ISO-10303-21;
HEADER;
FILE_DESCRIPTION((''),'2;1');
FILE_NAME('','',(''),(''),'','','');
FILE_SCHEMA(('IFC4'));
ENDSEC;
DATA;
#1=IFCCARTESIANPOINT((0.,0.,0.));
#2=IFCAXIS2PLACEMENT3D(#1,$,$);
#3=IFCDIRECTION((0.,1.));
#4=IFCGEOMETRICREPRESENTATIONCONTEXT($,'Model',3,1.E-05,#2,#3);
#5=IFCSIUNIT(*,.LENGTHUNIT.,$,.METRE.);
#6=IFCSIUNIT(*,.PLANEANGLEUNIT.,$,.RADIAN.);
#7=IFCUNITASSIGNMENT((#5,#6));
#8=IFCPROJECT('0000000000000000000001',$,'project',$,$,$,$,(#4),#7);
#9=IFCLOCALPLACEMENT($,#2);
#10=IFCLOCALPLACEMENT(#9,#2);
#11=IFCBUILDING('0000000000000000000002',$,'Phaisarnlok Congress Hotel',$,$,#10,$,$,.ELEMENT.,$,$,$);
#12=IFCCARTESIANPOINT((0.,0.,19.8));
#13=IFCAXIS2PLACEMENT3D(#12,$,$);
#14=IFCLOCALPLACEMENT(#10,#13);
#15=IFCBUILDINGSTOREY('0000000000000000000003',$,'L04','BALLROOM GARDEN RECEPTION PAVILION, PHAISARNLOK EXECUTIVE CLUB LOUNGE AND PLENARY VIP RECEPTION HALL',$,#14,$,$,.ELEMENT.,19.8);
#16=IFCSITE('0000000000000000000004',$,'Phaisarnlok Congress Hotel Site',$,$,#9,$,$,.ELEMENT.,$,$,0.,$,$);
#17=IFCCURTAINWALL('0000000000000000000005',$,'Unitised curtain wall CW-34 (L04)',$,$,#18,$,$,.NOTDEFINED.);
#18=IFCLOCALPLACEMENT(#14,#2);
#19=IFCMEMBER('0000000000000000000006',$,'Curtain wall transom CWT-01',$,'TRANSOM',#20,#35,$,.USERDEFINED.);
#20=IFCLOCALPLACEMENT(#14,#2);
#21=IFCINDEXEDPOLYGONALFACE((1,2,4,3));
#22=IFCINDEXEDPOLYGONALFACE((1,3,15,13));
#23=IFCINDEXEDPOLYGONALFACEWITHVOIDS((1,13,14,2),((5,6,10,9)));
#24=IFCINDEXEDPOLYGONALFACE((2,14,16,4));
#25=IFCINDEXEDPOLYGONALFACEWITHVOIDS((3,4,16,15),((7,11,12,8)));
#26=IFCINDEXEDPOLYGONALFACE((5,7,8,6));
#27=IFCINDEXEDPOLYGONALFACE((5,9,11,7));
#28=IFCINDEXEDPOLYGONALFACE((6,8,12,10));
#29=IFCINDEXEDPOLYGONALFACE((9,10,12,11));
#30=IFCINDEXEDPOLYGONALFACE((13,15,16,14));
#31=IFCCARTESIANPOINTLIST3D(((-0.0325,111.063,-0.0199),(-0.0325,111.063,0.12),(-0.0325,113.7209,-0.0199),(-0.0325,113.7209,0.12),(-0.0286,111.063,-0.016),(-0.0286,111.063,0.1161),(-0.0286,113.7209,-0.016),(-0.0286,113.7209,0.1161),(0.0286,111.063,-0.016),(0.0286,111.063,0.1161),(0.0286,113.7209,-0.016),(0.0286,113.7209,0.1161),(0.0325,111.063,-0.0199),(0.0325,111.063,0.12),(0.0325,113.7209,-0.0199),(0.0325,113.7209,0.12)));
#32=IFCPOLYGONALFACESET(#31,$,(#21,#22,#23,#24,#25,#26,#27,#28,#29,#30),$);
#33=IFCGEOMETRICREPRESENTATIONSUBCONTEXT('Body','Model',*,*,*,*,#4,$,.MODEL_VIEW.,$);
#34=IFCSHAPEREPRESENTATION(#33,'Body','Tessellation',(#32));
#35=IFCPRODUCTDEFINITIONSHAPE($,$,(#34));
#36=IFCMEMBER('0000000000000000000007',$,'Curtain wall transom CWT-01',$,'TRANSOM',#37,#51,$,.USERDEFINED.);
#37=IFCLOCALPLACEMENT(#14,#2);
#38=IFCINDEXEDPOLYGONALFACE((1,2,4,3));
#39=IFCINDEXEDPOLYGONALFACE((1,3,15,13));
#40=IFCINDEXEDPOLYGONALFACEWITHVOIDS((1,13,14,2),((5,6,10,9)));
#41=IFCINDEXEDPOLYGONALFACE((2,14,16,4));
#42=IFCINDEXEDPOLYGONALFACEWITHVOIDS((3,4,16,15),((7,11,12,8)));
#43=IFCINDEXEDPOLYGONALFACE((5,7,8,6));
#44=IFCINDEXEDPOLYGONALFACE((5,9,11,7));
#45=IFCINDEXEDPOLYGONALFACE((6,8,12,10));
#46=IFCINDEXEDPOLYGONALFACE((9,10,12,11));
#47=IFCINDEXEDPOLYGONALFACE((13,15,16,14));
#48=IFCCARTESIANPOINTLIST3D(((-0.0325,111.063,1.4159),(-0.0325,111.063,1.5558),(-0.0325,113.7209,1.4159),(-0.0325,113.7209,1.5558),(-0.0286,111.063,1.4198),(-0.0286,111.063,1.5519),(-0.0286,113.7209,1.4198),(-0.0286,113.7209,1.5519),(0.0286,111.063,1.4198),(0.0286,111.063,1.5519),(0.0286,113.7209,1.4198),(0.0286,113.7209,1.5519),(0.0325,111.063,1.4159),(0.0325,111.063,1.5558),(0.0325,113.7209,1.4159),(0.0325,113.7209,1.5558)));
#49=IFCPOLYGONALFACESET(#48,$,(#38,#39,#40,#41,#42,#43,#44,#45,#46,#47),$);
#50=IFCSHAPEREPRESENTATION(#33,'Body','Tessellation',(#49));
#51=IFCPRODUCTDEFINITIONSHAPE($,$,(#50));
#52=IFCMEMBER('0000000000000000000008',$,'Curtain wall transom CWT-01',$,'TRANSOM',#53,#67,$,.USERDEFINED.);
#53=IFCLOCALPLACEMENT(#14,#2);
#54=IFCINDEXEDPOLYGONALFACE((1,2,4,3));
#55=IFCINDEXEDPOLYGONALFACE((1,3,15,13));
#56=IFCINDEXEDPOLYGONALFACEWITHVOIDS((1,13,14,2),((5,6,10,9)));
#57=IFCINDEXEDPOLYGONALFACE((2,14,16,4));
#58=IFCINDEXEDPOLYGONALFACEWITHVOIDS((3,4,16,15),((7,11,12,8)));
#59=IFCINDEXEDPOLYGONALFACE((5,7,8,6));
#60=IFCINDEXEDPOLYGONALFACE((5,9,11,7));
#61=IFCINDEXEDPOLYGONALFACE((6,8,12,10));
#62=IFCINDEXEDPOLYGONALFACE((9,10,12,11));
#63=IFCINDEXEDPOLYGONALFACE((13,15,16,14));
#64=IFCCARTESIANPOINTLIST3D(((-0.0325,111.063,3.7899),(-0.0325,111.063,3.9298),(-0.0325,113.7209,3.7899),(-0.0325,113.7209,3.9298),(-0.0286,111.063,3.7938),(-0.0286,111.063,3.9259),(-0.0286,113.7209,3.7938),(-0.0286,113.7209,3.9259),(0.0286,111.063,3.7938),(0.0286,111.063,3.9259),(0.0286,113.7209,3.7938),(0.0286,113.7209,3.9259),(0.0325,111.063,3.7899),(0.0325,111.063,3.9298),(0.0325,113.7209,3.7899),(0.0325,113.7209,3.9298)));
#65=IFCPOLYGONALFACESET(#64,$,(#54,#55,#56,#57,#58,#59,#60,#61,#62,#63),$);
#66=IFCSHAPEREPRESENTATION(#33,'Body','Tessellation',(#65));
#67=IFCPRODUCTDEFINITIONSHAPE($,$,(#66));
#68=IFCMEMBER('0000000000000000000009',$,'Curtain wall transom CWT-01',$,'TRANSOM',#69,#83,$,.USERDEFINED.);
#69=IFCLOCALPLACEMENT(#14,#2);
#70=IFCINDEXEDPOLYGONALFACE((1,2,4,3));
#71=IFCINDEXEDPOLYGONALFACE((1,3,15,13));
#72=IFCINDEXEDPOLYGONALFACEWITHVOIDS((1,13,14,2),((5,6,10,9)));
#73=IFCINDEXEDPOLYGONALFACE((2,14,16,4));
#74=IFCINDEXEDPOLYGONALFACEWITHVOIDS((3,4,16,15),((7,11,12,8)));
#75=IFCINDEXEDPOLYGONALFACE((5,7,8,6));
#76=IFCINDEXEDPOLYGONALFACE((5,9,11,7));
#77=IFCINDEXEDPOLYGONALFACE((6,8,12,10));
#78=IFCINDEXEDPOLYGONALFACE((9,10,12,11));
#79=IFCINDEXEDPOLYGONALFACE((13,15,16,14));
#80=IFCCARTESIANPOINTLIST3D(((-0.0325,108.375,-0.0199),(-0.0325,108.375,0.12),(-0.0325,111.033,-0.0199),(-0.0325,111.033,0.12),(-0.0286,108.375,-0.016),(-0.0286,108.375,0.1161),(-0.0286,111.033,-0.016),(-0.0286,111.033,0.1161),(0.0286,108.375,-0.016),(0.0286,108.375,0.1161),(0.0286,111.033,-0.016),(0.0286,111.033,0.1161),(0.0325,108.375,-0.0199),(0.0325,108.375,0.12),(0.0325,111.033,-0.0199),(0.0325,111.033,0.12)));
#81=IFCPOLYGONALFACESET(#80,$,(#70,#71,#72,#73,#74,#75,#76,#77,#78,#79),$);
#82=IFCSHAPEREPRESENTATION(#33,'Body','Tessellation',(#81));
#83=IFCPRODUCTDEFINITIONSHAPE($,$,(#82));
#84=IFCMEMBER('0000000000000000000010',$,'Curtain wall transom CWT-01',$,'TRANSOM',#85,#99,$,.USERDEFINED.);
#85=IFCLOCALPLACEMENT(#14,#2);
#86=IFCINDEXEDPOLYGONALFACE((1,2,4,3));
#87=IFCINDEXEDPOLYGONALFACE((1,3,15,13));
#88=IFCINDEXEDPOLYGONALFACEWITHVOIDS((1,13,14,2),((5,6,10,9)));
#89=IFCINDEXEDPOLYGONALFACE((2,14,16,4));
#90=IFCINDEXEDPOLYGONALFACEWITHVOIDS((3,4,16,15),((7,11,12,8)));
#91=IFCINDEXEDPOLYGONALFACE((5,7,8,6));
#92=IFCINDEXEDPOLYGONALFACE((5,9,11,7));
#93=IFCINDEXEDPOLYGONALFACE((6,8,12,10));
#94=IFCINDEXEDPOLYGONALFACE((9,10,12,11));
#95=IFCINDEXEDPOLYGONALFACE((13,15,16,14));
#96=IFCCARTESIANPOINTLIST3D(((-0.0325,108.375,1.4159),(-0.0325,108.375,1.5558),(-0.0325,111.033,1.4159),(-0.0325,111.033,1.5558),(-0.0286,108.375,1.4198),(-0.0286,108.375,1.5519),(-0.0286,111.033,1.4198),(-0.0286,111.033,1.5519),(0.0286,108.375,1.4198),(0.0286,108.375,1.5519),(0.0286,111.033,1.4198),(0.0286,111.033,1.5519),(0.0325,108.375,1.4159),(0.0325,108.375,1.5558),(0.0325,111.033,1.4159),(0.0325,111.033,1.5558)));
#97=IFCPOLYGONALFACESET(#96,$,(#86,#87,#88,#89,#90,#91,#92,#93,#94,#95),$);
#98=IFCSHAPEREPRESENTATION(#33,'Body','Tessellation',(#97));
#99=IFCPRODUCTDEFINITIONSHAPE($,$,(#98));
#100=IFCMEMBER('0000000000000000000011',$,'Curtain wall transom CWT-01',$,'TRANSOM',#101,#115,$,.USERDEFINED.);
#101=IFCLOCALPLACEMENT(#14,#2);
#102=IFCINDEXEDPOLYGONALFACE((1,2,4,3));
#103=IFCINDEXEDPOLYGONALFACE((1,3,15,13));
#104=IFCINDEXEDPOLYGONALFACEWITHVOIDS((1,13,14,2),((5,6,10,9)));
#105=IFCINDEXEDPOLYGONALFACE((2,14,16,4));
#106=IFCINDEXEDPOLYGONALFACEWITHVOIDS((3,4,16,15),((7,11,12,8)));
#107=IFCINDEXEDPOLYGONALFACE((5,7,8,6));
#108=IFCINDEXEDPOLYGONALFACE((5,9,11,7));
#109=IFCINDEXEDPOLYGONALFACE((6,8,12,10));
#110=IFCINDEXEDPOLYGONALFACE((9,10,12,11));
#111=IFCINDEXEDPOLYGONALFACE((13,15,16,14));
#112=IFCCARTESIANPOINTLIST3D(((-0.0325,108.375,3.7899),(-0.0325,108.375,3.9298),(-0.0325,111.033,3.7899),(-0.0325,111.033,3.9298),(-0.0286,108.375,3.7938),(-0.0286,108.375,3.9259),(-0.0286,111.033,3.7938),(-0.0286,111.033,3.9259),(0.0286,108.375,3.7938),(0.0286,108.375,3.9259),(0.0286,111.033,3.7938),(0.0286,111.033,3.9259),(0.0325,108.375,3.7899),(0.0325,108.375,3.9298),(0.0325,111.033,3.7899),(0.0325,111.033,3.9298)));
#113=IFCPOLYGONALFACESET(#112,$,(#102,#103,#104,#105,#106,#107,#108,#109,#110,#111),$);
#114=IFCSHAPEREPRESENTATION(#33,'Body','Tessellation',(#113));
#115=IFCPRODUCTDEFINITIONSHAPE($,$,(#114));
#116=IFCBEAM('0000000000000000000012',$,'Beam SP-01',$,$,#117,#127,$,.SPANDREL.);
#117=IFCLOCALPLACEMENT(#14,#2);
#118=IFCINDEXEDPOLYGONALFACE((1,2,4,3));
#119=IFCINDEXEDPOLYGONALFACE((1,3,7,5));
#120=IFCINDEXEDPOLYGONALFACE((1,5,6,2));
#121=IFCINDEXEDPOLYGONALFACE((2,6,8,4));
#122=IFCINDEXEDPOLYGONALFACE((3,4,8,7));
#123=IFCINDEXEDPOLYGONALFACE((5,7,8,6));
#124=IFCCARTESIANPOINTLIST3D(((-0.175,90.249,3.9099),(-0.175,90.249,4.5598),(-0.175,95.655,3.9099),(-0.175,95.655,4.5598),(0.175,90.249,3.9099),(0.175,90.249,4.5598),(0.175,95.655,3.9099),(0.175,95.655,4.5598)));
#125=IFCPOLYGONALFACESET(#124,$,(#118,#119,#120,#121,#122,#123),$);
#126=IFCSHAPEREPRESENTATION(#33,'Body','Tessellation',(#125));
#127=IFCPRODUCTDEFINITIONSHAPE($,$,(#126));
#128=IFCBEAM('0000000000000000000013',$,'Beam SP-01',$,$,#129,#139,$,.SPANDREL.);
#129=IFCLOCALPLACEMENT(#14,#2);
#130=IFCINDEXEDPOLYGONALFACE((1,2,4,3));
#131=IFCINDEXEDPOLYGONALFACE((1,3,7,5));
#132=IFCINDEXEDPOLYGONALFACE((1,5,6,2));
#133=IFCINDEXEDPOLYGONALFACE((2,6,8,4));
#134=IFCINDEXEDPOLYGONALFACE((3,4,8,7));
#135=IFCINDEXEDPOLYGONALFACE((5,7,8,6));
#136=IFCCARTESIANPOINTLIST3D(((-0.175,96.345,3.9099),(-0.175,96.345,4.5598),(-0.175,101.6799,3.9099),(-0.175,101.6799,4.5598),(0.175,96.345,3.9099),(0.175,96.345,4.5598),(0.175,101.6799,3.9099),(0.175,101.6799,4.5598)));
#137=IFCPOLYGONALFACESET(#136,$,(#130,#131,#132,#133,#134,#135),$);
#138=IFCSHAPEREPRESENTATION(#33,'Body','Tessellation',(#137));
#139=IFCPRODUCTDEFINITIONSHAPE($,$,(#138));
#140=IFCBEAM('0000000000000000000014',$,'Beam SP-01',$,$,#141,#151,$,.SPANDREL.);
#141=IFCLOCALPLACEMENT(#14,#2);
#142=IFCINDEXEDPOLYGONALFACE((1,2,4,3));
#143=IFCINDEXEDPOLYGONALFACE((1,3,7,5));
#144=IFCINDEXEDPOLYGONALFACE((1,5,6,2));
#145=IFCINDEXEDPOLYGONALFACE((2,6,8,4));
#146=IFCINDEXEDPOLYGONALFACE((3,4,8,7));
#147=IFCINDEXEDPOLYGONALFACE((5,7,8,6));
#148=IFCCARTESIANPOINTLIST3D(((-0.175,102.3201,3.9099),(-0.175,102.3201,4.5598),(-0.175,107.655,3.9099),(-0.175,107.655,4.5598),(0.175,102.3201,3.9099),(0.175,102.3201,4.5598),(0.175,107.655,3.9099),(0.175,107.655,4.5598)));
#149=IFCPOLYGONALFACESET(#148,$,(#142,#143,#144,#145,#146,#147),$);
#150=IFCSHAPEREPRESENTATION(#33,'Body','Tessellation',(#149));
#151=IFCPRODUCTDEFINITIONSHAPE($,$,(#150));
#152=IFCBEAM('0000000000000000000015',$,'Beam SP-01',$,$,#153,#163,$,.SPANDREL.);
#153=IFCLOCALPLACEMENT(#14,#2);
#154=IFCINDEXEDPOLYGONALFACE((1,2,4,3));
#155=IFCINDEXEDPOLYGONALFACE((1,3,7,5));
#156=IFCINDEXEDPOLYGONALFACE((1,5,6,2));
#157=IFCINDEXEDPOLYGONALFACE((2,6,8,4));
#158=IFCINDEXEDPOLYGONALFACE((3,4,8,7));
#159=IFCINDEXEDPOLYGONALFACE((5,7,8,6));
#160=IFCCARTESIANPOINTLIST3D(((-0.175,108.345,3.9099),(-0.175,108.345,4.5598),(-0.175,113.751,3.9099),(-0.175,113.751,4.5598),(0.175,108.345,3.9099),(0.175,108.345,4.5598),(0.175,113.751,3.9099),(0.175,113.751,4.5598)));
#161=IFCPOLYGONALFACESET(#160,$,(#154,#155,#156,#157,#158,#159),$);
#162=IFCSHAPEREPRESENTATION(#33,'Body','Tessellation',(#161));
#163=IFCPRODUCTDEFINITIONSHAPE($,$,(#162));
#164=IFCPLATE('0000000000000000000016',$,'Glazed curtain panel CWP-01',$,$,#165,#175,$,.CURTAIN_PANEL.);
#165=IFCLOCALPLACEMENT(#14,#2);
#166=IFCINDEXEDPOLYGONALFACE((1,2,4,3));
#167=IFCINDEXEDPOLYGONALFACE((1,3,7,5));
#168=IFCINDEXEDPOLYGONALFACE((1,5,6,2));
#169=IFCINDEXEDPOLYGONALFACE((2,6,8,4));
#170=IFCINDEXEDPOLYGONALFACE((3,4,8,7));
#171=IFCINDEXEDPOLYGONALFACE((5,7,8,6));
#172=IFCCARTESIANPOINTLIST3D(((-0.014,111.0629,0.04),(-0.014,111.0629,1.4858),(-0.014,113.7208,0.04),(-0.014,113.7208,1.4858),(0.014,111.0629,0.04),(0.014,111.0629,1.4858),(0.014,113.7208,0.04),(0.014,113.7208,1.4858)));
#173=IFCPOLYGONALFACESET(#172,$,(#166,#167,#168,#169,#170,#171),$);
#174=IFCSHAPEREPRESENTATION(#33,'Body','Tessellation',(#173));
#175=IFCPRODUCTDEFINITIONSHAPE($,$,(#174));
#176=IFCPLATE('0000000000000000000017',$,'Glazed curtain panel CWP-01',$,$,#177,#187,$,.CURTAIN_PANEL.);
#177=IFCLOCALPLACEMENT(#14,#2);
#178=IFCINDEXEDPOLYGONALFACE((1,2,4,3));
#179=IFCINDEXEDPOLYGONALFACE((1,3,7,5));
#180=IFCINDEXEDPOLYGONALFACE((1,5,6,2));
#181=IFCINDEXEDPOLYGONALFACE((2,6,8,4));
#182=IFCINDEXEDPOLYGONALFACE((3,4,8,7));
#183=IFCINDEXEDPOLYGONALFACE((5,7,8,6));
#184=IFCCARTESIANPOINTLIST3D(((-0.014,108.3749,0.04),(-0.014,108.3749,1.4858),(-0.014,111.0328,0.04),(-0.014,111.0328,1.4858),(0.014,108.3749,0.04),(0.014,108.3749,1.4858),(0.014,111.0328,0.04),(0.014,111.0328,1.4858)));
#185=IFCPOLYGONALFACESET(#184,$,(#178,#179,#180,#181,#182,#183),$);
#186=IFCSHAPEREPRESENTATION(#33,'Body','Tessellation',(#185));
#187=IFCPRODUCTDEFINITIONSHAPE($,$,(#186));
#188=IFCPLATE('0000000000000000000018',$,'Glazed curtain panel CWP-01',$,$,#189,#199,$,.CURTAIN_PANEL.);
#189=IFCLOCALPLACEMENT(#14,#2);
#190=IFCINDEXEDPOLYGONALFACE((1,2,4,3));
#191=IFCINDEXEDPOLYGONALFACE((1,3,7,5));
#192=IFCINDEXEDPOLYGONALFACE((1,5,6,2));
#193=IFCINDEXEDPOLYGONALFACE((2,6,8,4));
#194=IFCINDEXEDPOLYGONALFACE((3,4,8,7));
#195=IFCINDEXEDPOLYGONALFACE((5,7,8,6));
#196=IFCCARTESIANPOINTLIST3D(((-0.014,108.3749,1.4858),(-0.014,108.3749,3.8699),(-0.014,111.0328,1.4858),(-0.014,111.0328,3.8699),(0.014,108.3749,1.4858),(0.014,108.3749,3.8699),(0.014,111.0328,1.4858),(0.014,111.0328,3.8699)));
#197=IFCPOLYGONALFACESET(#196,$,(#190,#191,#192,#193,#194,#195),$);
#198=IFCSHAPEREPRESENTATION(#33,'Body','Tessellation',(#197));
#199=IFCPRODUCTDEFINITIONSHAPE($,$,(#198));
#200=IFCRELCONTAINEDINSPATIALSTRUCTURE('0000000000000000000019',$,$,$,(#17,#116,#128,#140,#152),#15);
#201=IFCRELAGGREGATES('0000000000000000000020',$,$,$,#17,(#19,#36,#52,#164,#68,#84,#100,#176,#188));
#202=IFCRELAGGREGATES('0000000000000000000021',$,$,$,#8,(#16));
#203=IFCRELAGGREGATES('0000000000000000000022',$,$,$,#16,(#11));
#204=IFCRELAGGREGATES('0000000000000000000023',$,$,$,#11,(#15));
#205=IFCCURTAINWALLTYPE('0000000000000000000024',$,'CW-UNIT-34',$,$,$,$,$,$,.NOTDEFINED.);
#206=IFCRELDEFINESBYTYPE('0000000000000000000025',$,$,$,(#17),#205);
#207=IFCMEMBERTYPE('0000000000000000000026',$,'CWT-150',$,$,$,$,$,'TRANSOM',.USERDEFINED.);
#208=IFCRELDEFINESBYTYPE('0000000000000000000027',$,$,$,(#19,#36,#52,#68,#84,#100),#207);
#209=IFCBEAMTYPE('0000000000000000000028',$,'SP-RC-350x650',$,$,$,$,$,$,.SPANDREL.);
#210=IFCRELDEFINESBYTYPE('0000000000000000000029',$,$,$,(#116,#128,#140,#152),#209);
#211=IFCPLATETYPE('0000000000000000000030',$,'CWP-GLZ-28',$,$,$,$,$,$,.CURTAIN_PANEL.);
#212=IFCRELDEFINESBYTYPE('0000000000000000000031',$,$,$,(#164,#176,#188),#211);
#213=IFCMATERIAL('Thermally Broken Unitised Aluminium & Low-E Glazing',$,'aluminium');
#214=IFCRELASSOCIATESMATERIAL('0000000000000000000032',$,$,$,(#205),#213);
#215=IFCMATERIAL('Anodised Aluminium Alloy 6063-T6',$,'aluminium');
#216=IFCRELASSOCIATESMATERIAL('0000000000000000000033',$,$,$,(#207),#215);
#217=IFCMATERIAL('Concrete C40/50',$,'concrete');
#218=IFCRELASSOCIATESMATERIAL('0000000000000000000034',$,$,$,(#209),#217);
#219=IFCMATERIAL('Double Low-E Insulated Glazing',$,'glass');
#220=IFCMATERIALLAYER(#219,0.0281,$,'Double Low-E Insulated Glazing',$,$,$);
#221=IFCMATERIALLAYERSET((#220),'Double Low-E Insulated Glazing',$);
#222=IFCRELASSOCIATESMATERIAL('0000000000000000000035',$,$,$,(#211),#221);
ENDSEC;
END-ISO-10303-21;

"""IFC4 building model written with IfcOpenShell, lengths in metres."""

from ifc_helpers import new_model, si_unit, direction, frame, frame_2d, origin, origin_2d, place, context, subcontext, project, spatial, rectangle, hollow_rectangle, extrude, material, layer, layer_set, material_profile, profile_set, type_object, element, aggregate, save


model = new_model("IFC4")

# Units and contexts
model_context = context("Model", 3, precision=1e-05, world=origin(), true_north=direction((0.0, 1.0)))
body_context = subcontext(model_context, "Body", "Model", "MODEL_VIEW")
ifc_project = project(units=[si_unit("LENGTHUNIT", "METRE"), si_unit("PLANEANGLEUNIT", "RADIAN")], contexts=[model_context])

# Site, building, storey
site_placement = place(None, origin())
site = spatial("IfcSite", under=ifc_project, at=site_placement, Name="Phaisarnlok Congress Hotel Site", CompositionType="ELEMENT", RefElevation=0.0)
building_placement = place(site_placement, origin())
building = spatial("IfcBuilding", under=site, at=building_placement, Name="Phaisarnlok Congress Hotel", CompositionType="ELEMENT")
storey_placement = place(building_placement, frame((0.0, 0.0, 19.8)))
storey = spatial("IfcBuildingStorey", under=building, at=storey_placement, Name="L04", Description="BALLROOM GARDEN RECEPTION PAVILION, PHAISARNLOK EXECUTIVE CLUB LOUNGE AND PLENARY VIP RECEPTION HALL", CompositionType="ELEMENT", Elevation=19.8)

# Curtain wall, members
ifc_material_1 = material(Name="Thermally Broken Unitised Aluminium & Low-E Glazing", Category="aluminium")
curtain_wall_type = type_object("IfcCurtainWallType", Name="CW-UNIT-34", PredefinedType="NOTDEFINED", material=ifc_material_1)
curtain_wall_placement = place(storey_placement, origin())
curtain_wall = element("IfcCurtainWall", 1, at=curtain_wall_placement, inside=storey, type_object=curtain_wall_type, Name="Unitised curtain wall CW-34 (L04)", PredefinedType="NOTDEFINED")
ifc_material_2 = material(Name="Anodised Aluminium Alloy 6063-T6", Category="aluminium")
ifc_material_profile_1 = material_profile(ifc_material_2, hollow_rectangle(XDim=0.0649, YDim=0.1399, WallThickness=0.0039, at=origin_2d()), Name="ALU-T 65x140x4")
ifc_profile_set_1 = profile_set([ifc_material_profile_1], Name="Anodised Aluminium Alloy 6063-T6")
member_type_1 = type_object("IfcMemberType", Name="CWT-150", ElementType="TRANSOM", PredefinedType="USERDEFINED", material=ifc_profile_set_1)
member_1_placement = place(storey_placement, frame((0.0, 113.7209, 0.05), z_axis=(0.0, -1.0, 0.0), x_axis=(1.0, 0.0, 0.0)))
member_1 = element("IfcMember", 2, at=member_1_placement, type_object=member_type_1, Name="Curtain wall transom CWT-01", ObjectType="TRANSOM", PredefinedType="USERDEFINED", context=body_context, shape_type="SweptSolid", body=[
    extrude(hollow_rectangle(XDim=0.0649, YDim=0.1399, WallThickness=0.0039, at=origin_2d()), origin(), (0.0, 0.0, 1.0), 2.658),
])
member_2_placement = place(storey_placement, frame((0.0, 113.7209, 1.4858), z_axis=(0.0, -1.0, 0.0), x_axis=(1.0, 0.0, 0.0)))
member_2 = element("IfcMember", 3, at=member_2_placement, type_object=member_type_1, Name="Curtain wall transom CWT-01", ObjectType="TRANSOM", PredefinedType="USERDEFINED", context=body_context, shape_type="SweptSolid", body=[
    extrude(hollow_rectangle(XDim=0.0649, YDim=0.1399, WallThickness=0.0039, at=origin_2d()), origin(), (0.0, 0.0, 1.0), 2.658),
])
member_3_placement = place(storey_placement, frame((0.0, 113.7209, 3.8599), z_axis=(0.0, -1.0, 0.0), x_axis=(1.0, 0.0, 0.0)))
member_3 = element("IfcMember", 4, at=member_3_placement, type_object=member_type_1, Name="Curtain wall transom CWT-01", ObjectType="TRANSOM", PredefinedType="USERDEFINED", context=body_context, shape_type="SweptSolid", body=[
    extrude(hollow_rectangle(XDim=0.0649, YDim=0.1399, WallThickness=0.0039, at=origin_2d()), origin(), (0.0, 0.0, 1.0), 2.658),
])
member_4_placement = place(storey_placement, frame((0.0, 111.033, 0.05), z_axis=(0.0, -1.0, 0.0), x_axis=(1.0, 0.0, 0.0)))
member_4 = element("IfcMember", 5, at=member_4_placement, type_object=member_type_1, Name="Curtain wall transom CWT-01", ObjectType="TRANSOM", PredefinedType="USERDEFINED", context=body_context, shape_type="SweptSolid", body=[
    extrude(hollow_rectangle(XDim=0.0649, YDim=0.1399, WallThickness=0.0039, at=origin_2d()), origin(), (0.0, 0.0, 1.0), 2.658),
])
member_5_placement = place(storey_placement, frame((0.0, 111.033, 1.4858), z_axis=(0.0, -1.0, 0.0), x_axis=(1.0, 0.0, 0.0)))
member_5 = element("IfcMember", 6, at=member_5_placement, type_object=member_type_1, Name="Curtain wall transom CWT-01", ObjectType="TRANSOM", PredefinedType="USERDEFINED", context=body_context, shape_type="SweptSolid", body=[
    extrude(hollow_rectangle(XDim=0.0649, YDim=0.1399, WallThickness=0.0039, at=origin_2d()), origin(), (0.0, 0.0, 1.0), 2.658),
])
member_6_placement = place(storey_placement, frame((0.0, 111.033, 3.8599), z_axis=(0.0, -1.0, 0.0), x_axis=(1.0, 0.0, 0.0)))
member_6 = element("IfcMember", 7, at=member_6_placement, type_object=member_type_1, Name="Curtain wall transom CWT-01", ObjectType="TRANSOM", PredefinedType="USERDEFINED", context=body_context, shape_type="SweptSolid", body=[
    extrude(hollow_rectangle(XDim=0.0649, YDim=0.1399, WallThickness=0.0039, at=origin_2d()), origin(), (0.0, 0.0, 1.0), 2.658),
])

# Beams
ifc_material_3 = material(Name="Concrete C40/50", Category="concrete")
ifc_material_profile_2 = material_profile(ifc_material_3, rectangle(XDim=0.3501, YDim=0.6499, at=origin_2d()), Name="RC 350x650")
ifc_profile_set_2 = profile_set([ifc_material_profile_2], Name="Concrete C40/50")
beam_type = type_object("IfcBeamType", Name="SP-RC-350x650", PredefinedType="SPANDREL", material=ifc_profile_set_2)
beam_1_placement = place(storey_placement, frame((0.0, 90.249, 4.2349), z_axis=(0.0, 1.0, 0.0), x_axis=(-1.0, 0.0, 0.0)))
element("IfcBeam", 8, at=beam_1_placement, inside=storey, type_object=beam_type, Name="Beam SP-01", PredefinedType="SPANDREL", context=body_context, shape_type="SweptSolid", body=[
    extrude(rectangle(XDim=0.3501, YDim=0.6499, at=origin_2d()), origin(), (0.0, 0.0, 1.0), 5.406),
])
for number, where, z_axis, x_axis, name in (
    (9, (0.0, 96.345, 4.2349), (0.0, 1.0, 0.0), (-1.0, 0.0, 0.0), "Beam SP-01"),
    (10, (0.0, 102.3201, 4.2349), (0.0, 1.0, 0.0), (-1.0, 0.0, 0.0), "Beam SP-01"),
):
    element("IfcBeam", number, at=place(storey_placement, frame(where, z_axis=z_axis, x_axis=x_axis)), inside=storey, type_object=beam_type, Name=name, PredefinedType="SPANDREL", context=body_context, shape_type="SweptSolid", body=[
        extrude(rectangle(XDim=0.3501, YDim=0.6499, at=origin_2d()), origin(), (0.0, 0.0, 1.0), 5.335),
    ])
beam_2_placement = place(storey_placement, frame((0.0, 108.345, 4.2349), z_axis=(0.0, 1.0, 0.0), x_axis=(-1.0, 0.0, 0.0)))
element("IfcBeam", 11, at=beam_2_placement, inside=storey, type_object=beam_type, Name="Beam SP-01", PredefinedType="SPANDREL", context=body_context, shape_type="SweptSolid", body=[
    extrude(rectangle(XDim=0.3501, YDim=0.6499, at=origin_2d()), origin(), (0.0, 0.0, 1.0), 5.406),
])

# Plates
ifc_material_4 = material(Name="Double Low-E Insulated Glazing", Category="glass")
ifc_layer_1 = layer(ifc_material_4, 0.0281, Name="Double Low-E Insulated Glazing")
ifc_layer_set_1 = layer_set([ifc_layer_1], Name="Double Low-E Insulated Glazing")
plate_type_1 = type_object("IfcPlateType", Name="CWP-GLZ-28", PredefinedType="CURTAIN_PANEL", material=ifc_layer_set_1)
plate_1_placement = place(storey_placement, frame((0.0, 113.7209, 0.04), z_axis=(0.0, 0.0, 1.0), x_axis=(0.0, -1.0, 0.0)))
plate_1 = element("IfcPlate", 12, at=plate_1_placement, type_object=plate_type_1, Name="Glazed curtain panel CWP-01", PredefinedType="CURTAIN_PANEL", context=body_context, shape_type="SweptSolid", body=[
    extrude(rectangle(XDim=2.658, YDim=0.0281, at=frame_2d((1.3291, 0.0))), origin(), (0.0, 0.0, 1.0), 1.4458),
])
plate_2_placement = place(storey_placement, frame((0.0, 111.033, 0.04), z_axis=(0.0, 0.0, 1.0), x_axis=(0.0, -1.0, 0.0)))
plate_2 = element("IfcPlate", 13, at=plate_2_placement, type_object=plate_type_1, Name="Glazed curtain panel CWP-01", PredefinedType="CURTAIN_PANEL", context=body_context, shape_type="SweptSolid", body=[
    extrude(rectangle(XDim=2.658, YDim=0.0281, at=frame_2d((1.3291, 0.0))), origin(), (0.0, 0.0, 1.0), 1.4458),
])
plate_3_placement = place(storey_placement, frame((0.0, 111.033, 1.4858), z_axis=(0.0, 0.0, 1.0), x_axis=(0.0, -1.0, 0.0)))
plate_3 = element("IfcPlate", 14, at=plate_3_placement, type_object=plate_type_1, Name="Glazed curtain panel CWP-01", PredefinedType="CURTAIN_PANEL", context=body_context, shape_type="SweptSolid", body=[
    extrude(rectangle(XDim=2.658, YDim=0.0281, at=frame_2d((1.3291, 0.0))), origin(), (0.0, 0.0, 1.0), 2.384),
])
aggregate(curtain_wall, [member_1, member_2, member_3, plate_1, member_4, member_5, member_6, plate_2, plate_3])

save(model, "model.ifc")
